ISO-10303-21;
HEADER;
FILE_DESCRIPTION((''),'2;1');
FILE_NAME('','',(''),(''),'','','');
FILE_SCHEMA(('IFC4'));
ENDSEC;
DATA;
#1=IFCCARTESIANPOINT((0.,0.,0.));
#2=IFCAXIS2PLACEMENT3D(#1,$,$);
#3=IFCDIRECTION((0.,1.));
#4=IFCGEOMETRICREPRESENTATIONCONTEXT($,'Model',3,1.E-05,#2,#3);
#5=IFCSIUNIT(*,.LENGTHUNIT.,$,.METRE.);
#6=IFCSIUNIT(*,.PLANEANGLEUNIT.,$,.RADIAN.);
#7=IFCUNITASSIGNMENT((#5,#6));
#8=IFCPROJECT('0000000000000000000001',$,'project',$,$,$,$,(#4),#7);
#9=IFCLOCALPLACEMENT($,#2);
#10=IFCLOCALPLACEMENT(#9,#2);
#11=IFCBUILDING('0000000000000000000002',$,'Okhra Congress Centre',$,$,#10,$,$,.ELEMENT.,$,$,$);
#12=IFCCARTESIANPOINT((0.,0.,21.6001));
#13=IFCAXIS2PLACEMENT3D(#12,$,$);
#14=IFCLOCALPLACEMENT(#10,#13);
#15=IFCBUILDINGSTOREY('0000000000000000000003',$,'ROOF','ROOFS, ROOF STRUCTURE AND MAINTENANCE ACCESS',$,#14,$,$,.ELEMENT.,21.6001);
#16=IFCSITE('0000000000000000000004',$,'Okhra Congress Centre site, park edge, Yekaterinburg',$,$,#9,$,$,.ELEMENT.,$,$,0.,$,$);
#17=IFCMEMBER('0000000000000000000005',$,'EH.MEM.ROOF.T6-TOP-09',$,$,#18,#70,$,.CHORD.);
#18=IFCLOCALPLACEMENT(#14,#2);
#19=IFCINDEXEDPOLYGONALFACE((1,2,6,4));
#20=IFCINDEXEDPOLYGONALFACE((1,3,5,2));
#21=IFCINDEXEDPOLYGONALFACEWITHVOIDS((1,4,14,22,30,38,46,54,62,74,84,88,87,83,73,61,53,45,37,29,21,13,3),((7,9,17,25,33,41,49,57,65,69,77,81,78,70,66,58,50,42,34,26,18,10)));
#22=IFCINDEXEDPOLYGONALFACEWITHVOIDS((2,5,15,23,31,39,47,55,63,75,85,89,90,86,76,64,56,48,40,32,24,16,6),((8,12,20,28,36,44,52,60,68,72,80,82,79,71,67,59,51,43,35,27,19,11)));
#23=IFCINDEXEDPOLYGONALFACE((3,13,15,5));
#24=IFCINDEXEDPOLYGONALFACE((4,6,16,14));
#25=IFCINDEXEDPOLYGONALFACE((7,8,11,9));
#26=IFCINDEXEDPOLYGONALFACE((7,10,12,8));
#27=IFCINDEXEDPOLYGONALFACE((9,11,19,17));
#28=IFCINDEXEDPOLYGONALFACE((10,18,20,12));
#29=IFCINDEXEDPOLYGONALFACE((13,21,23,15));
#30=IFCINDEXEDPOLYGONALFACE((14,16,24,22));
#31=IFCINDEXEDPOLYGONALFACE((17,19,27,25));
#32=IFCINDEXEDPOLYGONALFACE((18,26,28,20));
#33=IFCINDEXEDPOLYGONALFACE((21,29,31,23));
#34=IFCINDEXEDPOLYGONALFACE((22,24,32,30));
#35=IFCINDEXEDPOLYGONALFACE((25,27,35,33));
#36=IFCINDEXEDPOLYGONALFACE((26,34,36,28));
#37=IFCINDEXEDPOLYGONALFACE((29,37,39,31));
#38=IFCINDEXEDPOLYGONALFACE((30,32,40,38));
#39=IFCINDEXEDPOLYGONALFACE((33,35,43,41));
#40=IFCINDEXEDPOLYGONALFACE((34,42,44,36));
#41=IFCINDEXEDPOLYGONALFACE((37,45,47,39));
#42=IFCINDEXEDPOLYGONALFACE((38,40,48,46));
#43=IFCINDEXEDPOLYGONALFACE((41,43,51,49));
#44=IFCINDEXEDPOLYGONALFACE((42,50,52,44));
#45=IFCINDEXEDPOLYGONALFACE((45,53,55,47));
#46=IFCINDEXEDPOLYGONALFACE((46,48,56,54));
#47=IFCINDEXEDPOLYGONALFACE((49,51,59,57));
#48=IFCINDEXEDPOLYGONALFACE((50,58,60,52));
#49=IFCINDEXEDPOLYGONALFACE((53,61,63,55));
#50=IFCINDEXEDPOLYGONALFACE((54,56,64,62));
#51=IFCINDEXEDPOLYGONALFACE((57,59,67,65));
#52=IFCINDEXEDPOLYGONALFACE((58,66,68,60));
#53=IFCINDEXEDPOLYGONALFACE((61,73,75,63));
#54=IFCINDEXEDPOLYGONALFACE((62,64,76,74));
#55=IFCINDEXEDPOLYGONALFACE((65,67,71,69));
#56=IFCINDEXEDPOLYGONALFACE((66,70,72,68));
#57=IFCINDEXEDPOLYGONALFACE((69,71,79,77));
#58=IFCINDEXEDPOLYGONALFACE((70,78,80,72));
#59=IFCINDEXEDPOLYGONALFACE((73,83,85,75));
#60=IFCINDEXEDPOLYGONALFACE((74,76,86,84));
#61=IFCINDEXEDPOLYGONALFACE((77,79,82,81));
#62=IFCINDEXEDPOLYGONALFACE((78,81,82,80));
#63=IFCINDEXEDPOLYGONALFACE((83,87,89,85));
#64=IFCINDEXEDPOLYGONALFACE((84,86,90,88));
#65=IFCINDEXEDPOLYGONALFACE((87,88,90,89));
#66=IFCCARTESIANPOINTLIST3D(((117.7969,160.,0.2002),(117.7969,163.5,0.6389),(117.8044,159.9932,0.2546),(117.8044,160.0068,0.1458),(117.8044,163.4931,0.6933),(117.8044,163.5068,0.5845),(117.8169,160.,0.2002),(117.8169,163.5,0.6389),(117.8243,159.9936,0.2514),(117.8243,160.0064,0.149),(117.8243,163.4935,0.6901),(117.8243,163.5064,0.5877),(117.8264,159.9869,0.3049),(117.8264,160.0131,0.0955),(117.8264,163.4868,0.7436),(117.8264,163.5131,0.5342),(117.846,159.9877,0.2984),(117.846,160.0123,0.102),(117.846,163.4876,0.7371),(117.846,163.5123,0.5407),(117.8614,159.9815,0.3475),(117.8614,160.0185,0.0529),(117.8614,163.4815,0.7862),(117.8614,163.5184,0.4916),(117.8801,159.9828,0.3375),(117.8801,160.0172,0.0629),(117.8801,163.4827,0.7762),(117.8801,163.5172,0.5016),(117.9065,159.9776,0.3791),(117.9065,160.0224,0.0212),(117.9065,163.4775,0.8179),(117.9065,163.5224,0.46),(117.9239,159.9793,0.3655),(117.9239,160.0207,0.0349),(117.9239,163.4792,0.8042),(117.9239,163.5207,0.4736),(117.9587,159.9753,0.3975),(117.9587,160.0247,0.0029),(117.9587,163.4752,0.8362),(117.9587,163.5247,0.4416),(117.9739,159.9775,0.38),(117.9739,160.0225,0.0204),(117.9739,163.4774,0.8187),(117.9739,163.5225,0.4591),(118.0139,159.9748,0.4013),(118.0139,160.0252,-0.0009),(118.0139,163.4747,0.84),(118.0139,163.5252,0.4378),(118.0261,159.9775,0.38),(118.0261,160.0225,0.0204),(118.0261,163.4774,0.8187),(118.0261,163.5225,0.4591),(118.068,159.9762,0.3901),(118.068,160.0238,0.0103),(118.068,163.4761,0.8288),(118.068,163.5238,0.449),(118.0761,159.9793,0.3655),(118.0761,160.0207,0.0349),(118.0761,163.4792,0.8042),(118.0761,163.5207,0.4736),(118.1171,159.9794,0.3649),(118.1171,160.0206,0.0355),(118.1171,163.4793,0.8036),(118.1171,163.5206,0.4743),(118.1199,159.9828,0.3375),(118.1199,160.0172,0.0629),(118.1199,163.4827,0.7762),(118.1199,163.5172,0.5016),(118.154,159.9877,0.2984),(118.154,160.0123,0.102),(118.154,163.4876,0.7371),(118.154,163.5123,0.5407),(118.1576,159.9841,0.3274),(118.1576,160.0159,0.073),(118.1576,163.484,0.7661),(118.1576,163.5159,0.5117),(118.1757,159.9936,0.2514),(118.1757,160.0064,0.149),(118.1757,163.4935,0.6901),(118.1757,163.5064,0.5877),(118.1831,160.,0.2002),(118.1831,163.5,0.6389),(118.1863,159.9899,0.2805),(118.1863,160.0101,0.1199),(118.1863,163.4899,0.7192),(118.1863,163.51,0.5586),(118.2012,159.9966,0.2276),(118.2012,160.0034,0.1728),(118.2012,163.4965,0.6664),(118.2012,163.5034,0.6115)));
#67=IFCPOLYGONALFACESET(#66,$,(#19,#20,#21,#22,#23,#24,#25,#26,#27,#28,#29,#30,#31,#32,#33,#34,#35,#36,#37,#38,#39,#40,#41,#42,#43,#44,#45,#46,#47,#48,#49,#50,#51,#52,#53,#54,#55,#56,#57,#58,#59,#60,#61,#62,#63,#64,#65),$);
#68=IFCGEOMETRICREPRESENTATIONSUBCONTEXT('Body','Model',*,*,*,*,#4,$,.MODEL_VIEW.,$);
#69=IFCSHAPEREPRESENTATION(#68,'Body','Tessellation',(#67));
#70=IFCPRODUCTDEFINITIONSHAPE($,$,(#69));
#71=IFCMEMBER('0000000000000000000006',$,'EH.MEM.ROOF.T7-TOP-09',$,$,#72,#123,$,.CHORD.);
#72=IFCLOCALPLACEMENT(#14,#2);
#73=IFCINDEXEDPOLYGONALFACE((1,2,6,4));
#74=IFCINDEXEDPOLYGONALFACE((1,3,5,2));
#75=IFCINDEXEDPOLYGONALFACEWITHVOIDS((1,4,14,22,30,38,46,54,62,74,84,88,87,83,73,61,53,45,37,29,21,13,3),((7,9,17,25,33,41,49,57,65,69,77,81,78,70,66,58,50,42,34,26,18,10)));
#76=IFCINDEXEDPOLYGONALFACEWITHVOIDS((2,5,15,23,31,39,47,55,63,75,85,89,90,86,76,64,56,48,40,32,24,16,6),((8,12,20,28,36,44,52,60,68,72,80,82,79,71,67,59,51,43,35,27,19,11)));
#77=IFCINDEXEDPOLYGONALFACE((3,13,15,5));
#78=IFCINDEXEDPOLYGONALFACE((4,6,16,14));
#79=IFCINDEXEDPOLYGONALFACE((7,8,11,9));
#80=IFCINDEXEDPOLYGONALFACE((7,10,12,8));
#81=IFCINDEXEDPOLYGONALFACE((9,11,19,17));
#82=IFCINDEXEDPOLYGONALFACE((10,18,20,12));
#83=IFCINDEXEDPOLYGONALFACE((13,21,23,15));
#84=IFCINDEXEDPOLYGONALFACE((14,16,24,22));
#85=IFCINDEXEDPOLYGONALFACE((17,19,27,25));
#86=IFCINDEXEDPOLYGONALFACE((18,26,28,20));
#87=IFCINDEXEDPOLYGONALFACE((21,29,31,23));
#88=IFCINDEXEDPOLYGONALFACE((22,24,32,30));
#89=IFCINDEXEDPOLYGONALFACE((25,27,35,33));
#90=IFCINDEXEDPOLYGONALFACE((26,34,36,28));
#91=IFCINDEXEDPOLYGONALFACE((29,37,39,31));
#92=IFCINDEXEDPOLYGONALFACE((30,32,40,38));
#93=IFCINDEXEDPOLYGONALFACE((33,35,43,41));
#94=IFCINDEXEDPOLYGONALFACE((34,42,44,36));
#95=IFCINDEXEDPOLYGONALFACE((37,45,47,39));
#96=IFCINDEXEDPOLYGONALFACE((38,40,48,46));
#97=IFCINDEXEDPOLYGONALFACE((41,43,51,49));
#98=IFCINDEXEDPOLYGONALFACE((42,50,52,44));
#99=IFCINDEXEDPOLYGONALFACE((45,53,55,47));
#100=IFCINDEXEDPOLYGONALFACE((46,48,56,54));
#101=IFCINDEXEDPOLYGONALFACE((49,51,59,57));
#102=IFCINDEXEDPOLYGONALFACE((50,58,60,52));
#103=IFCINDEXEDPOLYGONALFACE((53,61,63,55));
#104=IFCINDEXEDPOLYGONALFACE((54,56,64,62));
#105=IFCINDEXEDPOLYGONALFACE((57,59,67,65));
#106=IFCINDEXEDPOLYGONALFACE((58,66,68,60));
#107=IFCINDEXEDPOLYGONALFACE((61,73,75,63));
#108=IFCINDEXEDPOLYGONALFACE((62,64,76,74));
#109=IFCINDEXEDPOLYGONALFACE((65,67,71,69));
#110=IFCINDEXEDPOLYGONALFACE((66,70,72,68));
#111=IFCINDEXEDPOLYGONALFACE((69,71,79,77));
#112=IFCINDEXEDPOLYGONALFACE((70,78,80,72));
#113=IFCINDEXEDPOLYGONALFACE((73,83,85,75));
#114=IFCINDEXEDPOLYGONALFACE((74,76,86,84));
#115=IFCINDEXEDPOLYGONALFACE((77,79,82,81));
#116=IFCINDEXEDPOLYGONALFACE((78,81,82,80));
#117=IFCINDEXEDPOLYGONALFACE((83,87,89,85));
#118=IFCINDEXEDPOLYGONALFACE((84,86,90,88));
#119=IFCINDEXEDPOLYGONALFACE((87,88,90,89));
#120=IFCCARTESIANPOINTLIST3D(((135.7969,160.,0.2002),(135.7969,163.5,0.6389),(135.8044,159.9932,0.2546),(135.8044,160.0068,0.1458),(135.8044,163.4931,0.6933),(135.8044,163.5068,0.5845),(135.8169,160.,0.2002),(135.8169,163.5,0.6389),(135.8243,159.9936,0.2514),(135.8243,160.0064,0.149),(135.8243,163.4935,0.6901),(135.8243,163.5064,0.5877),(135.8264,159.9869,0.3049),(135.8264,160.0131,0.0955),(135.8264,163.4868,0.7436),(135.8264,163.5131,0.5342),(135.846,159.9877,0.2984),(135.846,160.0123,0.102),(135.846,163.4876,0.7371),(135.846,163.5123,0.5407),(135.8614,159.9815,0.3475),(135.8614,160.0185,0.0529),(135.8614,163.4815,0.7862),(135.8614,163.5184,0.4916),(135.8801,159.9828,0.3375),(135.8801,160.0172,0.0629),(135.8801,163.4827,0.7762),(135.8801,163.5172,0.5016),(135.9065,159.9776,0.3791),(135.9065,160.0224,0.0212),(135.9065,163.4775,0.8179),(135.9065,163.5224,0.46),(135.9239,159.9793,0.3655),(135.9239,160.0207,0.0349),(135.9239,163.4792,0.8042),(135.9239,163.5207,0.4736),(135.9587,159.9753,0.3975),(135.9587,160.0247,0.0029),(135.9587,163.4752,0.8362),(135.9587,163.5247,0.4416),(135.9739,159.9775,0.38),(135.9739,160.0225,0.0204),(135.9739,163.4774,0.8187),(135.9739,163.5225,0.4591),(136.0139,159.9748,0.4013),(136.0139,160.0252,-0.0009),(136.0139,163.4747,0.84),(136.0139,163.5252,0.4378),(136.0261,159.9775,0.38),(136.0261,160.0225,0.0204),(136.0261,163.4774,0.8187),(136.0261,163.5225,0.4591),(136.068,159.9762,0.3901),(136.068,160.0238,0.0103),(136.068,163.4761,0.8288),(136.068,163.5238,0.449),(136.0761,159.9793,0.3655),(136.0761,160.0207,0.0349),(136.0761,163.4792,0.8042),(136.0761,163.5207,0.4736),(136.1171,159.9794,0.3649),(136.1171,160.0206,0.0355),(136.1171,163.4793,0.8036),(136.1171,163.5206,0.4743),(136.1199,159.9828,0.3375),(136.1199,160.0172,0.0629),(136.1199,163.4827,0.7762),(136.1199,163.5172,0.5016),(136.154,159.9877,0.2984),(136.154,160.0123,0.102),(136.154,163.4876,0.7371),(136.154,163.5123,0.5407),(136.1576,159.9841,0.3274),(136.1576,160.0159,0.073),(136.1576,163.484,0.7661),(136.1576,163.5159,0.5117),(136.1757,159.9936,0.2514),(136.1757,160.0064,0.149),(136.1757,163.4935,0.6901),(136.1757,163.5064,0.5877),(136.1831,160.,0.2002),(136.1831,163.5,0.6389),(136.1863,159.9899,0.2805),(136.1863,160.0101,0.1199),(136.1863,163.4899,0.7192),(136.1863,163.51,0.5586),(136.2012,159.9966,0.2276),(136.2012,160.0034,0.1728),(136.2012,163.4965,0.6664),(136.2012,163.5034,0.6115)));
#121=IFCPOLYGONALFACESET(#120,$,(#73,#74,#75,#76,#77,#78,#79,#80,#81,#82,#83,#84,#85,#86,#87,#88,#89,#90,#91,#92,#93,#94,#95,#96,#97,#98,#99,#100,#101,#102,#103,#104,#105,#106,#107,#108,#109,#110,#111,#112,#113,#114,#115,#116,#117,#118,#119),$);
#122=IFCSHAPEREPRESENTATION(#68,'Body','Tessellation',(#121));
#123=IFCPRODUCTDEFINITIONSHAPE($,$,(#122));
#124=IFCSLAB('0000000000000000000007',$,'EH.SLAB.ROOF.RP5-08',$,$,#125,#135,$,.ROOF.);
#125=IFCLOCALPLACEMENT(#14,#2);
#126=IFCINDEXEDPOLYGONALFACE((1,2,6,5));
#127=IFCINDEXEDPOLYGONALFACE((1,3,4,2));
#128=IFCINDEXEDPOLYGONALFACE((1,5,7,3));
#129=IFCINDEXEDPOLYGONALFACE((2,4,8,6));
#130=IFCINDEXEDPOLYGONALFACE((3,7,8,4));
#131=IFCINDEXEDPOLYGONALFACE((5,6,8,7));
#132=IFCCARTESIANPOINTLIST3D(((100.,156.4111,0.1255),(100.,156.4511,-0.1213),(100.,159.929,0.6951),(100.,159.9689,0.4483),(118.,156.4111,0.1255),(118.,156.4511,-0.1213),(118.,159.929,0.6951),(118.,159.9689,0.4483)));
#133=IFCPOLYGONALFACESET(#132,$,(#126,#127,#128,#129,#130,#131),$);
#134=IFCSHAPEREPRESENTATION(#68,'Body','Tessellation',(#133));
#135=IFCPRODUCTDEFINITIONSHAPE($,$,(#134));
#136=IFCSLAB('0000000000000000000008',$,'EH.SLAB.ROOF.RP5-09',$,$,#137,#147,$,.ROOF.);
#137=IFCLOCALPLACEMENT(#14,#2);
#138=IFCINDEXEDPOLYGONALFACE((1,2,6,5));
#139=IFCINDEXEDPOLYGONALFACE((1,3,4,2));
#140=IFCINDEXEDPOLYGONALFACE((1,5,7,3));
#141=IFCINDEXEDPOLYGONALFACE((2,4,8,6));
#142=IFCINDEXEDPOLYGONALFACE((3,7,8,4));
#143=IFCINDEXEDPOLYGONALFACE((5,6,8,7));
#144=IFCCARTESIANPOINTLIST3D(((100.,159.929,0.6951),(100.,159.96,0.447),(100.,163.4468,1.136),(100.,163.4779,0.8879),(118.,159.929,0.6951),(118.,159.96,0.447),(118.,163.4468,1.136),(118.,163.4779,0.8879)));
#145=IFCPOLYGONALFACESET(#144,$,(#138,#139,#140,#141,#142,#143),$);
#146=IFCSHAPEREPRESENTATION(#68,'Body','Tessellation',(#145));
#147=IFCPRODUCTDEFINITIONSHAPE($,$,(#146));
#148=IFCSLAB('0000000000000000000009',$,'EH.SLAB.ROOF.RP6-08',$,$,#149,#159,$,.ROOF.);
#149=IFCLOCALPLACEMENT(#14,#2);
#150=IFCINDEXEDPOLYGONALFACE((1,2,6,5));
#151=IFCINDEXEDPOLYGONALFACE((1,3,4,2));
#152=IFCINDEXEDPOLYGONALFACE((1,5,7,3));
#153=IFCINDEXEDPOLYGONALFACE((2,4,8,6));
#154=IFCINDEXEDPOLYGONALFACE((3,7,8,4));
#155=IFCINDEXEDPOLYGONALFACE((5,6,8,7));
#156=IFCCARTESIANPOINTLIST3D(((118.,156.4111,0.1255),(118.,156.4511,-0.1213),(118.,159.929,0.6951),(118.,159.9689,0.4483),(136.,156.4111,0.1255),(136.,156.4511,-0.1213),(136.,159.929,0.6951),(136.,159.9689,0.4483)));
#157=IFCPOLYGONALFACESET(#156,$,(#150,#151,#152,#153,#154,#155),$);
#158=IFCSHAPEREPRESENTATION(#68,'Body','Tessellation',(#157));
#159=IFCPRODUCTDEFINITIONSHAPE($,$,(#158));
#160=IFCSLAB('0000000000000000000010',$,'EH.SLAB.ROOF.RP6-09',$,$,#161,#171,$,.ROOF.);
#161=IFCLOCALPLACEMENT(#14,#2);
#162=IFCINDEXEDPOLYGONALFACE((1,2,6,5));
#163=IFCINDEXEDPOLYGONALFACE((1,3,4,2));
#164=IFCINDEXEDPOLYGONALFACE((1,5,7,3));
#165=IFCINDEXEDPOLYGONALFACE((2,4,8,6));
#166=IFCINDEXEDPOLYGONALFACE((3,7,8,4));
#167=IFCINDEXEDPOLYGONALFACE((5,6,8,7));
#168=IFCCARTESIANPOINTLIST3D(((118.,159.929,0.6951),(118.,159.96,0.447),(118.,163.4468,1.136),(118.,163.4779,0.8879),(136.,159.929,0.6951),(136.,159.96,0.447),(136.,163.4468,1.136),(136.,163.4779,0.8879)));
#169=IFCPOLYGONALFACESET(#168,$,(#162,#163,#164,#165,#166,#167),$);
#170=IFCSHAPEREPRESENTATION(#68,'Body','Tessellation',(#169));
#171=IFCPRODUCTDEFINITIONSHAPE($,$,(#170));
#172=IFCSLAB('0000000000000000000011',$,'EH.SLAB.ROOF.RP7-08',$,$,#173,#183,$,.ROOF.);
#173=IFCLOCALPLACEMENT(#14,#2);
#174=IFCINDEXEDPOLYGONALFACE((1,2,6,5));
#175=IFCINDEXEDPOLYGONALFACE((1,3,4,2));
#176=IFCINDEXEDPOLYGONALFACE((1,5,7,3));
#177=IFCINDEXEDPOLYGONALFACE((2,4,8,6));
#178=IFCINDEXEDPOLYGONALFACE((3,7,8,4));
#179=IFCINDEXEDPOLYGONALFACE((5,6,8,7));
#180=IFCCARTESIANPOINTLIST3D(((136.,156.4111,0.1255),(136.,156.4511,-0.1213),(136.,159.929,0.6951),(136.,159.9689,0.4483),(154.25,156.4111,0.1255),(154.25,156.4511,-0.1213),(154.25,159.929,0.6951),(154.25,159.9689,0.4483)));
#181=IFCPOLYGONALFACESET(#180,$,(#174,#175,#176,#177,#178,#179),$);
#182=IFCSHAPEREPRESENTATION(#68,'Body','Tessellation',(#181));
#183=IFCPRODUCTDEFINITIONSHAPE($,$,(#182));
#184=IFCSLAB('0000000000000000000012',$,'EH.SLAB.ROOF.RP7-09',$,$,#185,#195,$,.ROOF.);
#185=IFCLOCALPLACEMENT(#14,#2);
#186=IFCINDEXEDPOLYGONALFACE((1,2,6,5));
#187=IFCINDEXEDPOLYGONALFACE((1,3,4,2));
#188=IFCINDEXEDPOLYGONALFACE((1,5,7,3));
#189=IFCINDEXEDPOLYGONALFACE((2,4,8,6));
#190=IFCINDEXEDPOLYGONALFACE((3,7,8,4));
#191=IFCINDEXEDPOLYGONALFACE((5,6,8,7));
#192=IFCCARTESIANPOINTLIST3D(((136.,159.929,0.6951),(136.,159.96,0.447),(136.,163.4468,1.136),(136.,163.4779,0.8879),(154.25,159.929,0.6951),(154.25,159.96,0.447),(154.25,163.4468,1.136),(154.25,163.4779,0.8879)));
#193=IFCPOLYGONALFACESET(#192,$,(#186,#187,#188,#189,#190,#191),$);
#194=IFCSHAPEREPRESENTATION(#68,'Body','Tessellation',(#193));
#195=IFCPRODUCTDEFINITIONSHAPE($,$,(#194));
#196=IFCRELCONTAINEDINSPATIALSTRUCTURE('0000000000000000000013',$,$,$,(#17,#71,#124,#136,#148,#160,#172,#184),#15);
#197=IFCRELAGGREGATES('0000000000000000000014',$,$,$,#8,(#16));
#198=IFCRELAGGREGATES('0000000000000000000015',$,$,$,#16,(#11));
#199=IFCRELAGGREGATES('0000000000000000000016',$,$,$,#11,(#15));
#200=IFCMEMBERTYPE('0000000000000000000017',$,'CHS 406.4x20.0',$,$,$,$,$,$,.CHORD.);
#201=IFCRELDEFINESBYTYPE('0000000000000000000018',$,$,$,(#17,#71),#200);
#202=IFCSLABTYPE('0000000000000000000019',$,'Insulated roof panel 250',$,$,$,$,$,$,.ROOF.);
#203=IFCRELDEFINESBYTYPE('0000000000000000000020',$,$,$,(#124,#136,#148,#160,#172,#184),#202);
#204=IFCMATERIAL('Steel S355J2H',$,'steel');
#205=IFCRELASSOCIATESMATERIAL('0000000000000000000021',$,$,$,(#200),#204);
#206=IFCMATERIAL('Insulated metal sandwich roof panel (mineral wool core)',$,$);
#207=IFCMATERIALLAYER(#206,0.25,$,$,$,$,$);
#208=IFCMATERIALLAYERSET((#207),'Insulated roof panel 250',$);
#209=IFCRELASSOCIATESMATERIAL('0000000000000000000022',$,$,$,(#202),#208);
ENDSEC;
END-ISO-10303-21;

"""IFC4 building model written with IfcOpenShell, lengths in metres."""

from ifc_helpers import new_model, si_unit, direction, frame, origin, origin_2d, place, context, subcontext, project, spatial, polyline, hollow_circle, outline, extrude, material, layer, layer_set, material_profile, profile_set, type_object, element, save


model = new_model("IFC4")

# Units and contexts
model_context = context("Model", 3, precision=1e-05, world=origin(), true_north=direction((0.0, 1.0)))
body_context = subcontext(model_context, "Body", "Model", "MODEL_VIEW")
ifc_project = project(units=[si_unit("LENGTHUNIT", "METRE"), si_unit("PLANEANGLEUNIT", "RADIAN")], contexts=[model_context])

# Site, building, storey
site_placement = place(None, origin())
site = spatial("IfcSite", under=ifc_project, at=site_placement, Name="Okhra Congress Centre site, park edge, Yekaterinburg", CompositionType="ELEMENT", RefElevation=0.0)
building_placement = place(site_placement, origin())
building = spatial("IfcBuilding", under=site, at=building_placement, Name="Okhra Congress Centre", CompositionType="ELEMENT")
storey_placement = place(building_placement, frame((0.0, 0.0, 21.6001)))
storey = spatial("IfcBuildingStorey", under=building, at=storey_placement, Name="ROOF", Description="ROOFS, ROOF STRUCTURE AND MAINTENANCE ACCESS", CompositionType="ELEMENT", Elevation=21.6001)

# Members
ifc_material_1 = material(Name="Steel S355J2H", Category="steel")
ifc_material_profile_1 = material_profile(ifc_material_1, hollow_circle(Radius=0.2031, WallThickness=0.02, at=origin_2d()), Name="CHS 406.4x20.0")
ifc_profile_set_1 = profile_set([ifc_material_profile_1], Name="Steel S355J2H")
member_type_1 = type_object("IfcMemberType", Name="CHS 406.4x20.0", PredefinedType="CHORD", material=ifc_profile_set_1)
for number, where, z_axis, x_axis, name in (
    (1, (118.0, 160.0, 0.2002), (0.0, 0.992235, 0.124375), (-1.0, 0.0, 0.0), "EH.MEM.ROOF.T6-TOP-09"),
    (2, (136.0, 160.0, 0.2002), (0.0, 0.992235, 0.124375), (-1.0, 0.0, 0.0), "EH.MEM.ROOF.T7-TOP-09"),
):
    element("IfcMember", number, at=place(storey_placement, frame(where, z_axis=z_axis, x_axis=x_axis)), inside=storey, type_object=member_type_1, Name=name, PredefinedType="CHORD", context=body_context, shape_type="SweptSolid", body=[
        extrude(hollow_circle(Radius=0.2031, WallThickness=0.02, at=origin_2d()), origin(), (0.0, 0.0, 1.0), 3.5273),
    ])

# Slabs
ifc_material_2 = material(Name="Insulated metal sandwich roof panel (mineral wool core)")
ifc_layer_1 = layer(ifc_material_2, 0.25)
ifc_layer_set_1 = layer_set([ifc_layer_1], Name="Insulated roof panel 250")
slab_type = type_object("IfcSlabType", Name="Insulated roof panel 250", PredefinedType="ROOF", material=ifc_layer_set_1)
slab_1_placement = place(storey_placement, frame((100.0, 156.4111, 0.1255), z_axis=(0.0, -0.159831, 0.987144), x_axis=(1.0, 0.0, 0.0)))
element("IfcSlab", 3, at=slab_1_placement, inside=storey, type_object=slab_type, Name="EH.SLAB.ROOF.RP5-08", PredefinedType="ROOF", context=body_context, shape_type="SweptSolid", body=[
    extrude(outline(polyline([(0.0, 0.0), (18.0, 0.0), (18.0, 3.5636), (0.0, 3.5636), (0.0, 0.0)])), origin(), (0.0, 0.0, -1.0), 0.25),
])
slab_2_placement = place(storey_placement, frame((100.0, 159.929, 0.6951), z_axis=(0.0, -0.124365, 0.992237), x_axis=(1.0, 0.0, 0.0)))
element("IfcSlab", 4, at=slab_2_placement, inside=storey, type_object=slab_type, Name="EH.SLAB.ROOF.RP5-09", PredefinedType="ROOF", context=body_context, shape_type="SweptSolid", body=[
    extrude(outline(polyline([(0.0, 0.0), (18.0, 0.0), (18.0, 3.5453), (0.0, 3.5453), (0.0, 0.0)])), origin(), (0.0, 0.0, -1.0), 0.25),
])
slab_3_placement = place(storey_placement, frame((118.0, 156.4111, 0.1255), z_axis=(0.0, -0.159831, 0.987144), x_axis=(1.0, 0.0, 0.0)))
element("IfcSlab", 5, at=slab_3_placement, inside=storey, type_object=slab_type, Name="EH.SLAB.ROOF.RP6-08", PredefinedType="ROOF", context=body_context, shape_type="SweptSolid", body=[
    extrude(outline(polyline([(0.0, 0.0), (18.0, 0.0), (18.0, 3.5636), (0.0, 3.5636), (0.0, 0.0)])), origin(), (0.0, 0.0, -1.0), 0.25),
])
slab_4_placement = place(storey_placement, frame((118.0, 159.929, 0.6951), z_axis=(0.0, -0.124365, 0.992237), x_axis=(1.0, 0.0, 0.0)))
element("IfcSlab", 6, at=slab_4_placement, inside=storey, type_object=slab_type, Name="EH.SLAB.ROOF.RP6-09", PredefinedType="ROOF", context=body_context, shape_type="SweptSolid", body=[
    extrude(outline(polyline([(0.0, 0.0), (18.0, 0.0), (18.0, 3.5453), (0.0, 3.5453), (0.0, 0.0)])), origin(), (0.0, 0.0, -1.0), 0.25),
])
slab_5_placement = place(storey_placement, frame((136.0, 156.4111, 0.1255), z_axis=(0.0, -0.159831, 0.987144), x_axis=(1.0, 0.0, 0.0)))
element("IfcSlab", 7, at=slab_5_placement, inside=storey, type_object=slab_type, Name="EH.SLAB.ROOF.RP7-08", PredefinedType="ROOF", context=body_context, shape_type="SweptSolid", body=[
    extrude(outline(polyline([(0.0, 0.0), (18.25, 0.0), (18.25, 3.5636), (0.0, 3.5636), (0.0, 0.0)])), origin(), (0.0, 0.0, -1.0), 0.25),
])
slab_6_placement = place(storey_placement, frame((136.0, 159.929, 0.6951), z_axis=(0.0, -0.124365, 0.992237), x_axis=(1.0, 0.0, 0.0)))
element("IfcSlab", 8, at=slab_6_placement, inside=storey, type_object=slab_type, Name="EH.SLAB.ROOF.RP7-09", PredefinedType="ROOF", context=body_context, shape_type="SweptSolid", body=[
    extrude(outline(polyline([(0.0, 0.0), (18.25, 0.0), (18.25, 3.5453), (0.0, 3.5453), (0.0, 0.0)])), origin(), (0.0, 0.0, -1.0), 0.25),
])

save(model, "model.ifc")
